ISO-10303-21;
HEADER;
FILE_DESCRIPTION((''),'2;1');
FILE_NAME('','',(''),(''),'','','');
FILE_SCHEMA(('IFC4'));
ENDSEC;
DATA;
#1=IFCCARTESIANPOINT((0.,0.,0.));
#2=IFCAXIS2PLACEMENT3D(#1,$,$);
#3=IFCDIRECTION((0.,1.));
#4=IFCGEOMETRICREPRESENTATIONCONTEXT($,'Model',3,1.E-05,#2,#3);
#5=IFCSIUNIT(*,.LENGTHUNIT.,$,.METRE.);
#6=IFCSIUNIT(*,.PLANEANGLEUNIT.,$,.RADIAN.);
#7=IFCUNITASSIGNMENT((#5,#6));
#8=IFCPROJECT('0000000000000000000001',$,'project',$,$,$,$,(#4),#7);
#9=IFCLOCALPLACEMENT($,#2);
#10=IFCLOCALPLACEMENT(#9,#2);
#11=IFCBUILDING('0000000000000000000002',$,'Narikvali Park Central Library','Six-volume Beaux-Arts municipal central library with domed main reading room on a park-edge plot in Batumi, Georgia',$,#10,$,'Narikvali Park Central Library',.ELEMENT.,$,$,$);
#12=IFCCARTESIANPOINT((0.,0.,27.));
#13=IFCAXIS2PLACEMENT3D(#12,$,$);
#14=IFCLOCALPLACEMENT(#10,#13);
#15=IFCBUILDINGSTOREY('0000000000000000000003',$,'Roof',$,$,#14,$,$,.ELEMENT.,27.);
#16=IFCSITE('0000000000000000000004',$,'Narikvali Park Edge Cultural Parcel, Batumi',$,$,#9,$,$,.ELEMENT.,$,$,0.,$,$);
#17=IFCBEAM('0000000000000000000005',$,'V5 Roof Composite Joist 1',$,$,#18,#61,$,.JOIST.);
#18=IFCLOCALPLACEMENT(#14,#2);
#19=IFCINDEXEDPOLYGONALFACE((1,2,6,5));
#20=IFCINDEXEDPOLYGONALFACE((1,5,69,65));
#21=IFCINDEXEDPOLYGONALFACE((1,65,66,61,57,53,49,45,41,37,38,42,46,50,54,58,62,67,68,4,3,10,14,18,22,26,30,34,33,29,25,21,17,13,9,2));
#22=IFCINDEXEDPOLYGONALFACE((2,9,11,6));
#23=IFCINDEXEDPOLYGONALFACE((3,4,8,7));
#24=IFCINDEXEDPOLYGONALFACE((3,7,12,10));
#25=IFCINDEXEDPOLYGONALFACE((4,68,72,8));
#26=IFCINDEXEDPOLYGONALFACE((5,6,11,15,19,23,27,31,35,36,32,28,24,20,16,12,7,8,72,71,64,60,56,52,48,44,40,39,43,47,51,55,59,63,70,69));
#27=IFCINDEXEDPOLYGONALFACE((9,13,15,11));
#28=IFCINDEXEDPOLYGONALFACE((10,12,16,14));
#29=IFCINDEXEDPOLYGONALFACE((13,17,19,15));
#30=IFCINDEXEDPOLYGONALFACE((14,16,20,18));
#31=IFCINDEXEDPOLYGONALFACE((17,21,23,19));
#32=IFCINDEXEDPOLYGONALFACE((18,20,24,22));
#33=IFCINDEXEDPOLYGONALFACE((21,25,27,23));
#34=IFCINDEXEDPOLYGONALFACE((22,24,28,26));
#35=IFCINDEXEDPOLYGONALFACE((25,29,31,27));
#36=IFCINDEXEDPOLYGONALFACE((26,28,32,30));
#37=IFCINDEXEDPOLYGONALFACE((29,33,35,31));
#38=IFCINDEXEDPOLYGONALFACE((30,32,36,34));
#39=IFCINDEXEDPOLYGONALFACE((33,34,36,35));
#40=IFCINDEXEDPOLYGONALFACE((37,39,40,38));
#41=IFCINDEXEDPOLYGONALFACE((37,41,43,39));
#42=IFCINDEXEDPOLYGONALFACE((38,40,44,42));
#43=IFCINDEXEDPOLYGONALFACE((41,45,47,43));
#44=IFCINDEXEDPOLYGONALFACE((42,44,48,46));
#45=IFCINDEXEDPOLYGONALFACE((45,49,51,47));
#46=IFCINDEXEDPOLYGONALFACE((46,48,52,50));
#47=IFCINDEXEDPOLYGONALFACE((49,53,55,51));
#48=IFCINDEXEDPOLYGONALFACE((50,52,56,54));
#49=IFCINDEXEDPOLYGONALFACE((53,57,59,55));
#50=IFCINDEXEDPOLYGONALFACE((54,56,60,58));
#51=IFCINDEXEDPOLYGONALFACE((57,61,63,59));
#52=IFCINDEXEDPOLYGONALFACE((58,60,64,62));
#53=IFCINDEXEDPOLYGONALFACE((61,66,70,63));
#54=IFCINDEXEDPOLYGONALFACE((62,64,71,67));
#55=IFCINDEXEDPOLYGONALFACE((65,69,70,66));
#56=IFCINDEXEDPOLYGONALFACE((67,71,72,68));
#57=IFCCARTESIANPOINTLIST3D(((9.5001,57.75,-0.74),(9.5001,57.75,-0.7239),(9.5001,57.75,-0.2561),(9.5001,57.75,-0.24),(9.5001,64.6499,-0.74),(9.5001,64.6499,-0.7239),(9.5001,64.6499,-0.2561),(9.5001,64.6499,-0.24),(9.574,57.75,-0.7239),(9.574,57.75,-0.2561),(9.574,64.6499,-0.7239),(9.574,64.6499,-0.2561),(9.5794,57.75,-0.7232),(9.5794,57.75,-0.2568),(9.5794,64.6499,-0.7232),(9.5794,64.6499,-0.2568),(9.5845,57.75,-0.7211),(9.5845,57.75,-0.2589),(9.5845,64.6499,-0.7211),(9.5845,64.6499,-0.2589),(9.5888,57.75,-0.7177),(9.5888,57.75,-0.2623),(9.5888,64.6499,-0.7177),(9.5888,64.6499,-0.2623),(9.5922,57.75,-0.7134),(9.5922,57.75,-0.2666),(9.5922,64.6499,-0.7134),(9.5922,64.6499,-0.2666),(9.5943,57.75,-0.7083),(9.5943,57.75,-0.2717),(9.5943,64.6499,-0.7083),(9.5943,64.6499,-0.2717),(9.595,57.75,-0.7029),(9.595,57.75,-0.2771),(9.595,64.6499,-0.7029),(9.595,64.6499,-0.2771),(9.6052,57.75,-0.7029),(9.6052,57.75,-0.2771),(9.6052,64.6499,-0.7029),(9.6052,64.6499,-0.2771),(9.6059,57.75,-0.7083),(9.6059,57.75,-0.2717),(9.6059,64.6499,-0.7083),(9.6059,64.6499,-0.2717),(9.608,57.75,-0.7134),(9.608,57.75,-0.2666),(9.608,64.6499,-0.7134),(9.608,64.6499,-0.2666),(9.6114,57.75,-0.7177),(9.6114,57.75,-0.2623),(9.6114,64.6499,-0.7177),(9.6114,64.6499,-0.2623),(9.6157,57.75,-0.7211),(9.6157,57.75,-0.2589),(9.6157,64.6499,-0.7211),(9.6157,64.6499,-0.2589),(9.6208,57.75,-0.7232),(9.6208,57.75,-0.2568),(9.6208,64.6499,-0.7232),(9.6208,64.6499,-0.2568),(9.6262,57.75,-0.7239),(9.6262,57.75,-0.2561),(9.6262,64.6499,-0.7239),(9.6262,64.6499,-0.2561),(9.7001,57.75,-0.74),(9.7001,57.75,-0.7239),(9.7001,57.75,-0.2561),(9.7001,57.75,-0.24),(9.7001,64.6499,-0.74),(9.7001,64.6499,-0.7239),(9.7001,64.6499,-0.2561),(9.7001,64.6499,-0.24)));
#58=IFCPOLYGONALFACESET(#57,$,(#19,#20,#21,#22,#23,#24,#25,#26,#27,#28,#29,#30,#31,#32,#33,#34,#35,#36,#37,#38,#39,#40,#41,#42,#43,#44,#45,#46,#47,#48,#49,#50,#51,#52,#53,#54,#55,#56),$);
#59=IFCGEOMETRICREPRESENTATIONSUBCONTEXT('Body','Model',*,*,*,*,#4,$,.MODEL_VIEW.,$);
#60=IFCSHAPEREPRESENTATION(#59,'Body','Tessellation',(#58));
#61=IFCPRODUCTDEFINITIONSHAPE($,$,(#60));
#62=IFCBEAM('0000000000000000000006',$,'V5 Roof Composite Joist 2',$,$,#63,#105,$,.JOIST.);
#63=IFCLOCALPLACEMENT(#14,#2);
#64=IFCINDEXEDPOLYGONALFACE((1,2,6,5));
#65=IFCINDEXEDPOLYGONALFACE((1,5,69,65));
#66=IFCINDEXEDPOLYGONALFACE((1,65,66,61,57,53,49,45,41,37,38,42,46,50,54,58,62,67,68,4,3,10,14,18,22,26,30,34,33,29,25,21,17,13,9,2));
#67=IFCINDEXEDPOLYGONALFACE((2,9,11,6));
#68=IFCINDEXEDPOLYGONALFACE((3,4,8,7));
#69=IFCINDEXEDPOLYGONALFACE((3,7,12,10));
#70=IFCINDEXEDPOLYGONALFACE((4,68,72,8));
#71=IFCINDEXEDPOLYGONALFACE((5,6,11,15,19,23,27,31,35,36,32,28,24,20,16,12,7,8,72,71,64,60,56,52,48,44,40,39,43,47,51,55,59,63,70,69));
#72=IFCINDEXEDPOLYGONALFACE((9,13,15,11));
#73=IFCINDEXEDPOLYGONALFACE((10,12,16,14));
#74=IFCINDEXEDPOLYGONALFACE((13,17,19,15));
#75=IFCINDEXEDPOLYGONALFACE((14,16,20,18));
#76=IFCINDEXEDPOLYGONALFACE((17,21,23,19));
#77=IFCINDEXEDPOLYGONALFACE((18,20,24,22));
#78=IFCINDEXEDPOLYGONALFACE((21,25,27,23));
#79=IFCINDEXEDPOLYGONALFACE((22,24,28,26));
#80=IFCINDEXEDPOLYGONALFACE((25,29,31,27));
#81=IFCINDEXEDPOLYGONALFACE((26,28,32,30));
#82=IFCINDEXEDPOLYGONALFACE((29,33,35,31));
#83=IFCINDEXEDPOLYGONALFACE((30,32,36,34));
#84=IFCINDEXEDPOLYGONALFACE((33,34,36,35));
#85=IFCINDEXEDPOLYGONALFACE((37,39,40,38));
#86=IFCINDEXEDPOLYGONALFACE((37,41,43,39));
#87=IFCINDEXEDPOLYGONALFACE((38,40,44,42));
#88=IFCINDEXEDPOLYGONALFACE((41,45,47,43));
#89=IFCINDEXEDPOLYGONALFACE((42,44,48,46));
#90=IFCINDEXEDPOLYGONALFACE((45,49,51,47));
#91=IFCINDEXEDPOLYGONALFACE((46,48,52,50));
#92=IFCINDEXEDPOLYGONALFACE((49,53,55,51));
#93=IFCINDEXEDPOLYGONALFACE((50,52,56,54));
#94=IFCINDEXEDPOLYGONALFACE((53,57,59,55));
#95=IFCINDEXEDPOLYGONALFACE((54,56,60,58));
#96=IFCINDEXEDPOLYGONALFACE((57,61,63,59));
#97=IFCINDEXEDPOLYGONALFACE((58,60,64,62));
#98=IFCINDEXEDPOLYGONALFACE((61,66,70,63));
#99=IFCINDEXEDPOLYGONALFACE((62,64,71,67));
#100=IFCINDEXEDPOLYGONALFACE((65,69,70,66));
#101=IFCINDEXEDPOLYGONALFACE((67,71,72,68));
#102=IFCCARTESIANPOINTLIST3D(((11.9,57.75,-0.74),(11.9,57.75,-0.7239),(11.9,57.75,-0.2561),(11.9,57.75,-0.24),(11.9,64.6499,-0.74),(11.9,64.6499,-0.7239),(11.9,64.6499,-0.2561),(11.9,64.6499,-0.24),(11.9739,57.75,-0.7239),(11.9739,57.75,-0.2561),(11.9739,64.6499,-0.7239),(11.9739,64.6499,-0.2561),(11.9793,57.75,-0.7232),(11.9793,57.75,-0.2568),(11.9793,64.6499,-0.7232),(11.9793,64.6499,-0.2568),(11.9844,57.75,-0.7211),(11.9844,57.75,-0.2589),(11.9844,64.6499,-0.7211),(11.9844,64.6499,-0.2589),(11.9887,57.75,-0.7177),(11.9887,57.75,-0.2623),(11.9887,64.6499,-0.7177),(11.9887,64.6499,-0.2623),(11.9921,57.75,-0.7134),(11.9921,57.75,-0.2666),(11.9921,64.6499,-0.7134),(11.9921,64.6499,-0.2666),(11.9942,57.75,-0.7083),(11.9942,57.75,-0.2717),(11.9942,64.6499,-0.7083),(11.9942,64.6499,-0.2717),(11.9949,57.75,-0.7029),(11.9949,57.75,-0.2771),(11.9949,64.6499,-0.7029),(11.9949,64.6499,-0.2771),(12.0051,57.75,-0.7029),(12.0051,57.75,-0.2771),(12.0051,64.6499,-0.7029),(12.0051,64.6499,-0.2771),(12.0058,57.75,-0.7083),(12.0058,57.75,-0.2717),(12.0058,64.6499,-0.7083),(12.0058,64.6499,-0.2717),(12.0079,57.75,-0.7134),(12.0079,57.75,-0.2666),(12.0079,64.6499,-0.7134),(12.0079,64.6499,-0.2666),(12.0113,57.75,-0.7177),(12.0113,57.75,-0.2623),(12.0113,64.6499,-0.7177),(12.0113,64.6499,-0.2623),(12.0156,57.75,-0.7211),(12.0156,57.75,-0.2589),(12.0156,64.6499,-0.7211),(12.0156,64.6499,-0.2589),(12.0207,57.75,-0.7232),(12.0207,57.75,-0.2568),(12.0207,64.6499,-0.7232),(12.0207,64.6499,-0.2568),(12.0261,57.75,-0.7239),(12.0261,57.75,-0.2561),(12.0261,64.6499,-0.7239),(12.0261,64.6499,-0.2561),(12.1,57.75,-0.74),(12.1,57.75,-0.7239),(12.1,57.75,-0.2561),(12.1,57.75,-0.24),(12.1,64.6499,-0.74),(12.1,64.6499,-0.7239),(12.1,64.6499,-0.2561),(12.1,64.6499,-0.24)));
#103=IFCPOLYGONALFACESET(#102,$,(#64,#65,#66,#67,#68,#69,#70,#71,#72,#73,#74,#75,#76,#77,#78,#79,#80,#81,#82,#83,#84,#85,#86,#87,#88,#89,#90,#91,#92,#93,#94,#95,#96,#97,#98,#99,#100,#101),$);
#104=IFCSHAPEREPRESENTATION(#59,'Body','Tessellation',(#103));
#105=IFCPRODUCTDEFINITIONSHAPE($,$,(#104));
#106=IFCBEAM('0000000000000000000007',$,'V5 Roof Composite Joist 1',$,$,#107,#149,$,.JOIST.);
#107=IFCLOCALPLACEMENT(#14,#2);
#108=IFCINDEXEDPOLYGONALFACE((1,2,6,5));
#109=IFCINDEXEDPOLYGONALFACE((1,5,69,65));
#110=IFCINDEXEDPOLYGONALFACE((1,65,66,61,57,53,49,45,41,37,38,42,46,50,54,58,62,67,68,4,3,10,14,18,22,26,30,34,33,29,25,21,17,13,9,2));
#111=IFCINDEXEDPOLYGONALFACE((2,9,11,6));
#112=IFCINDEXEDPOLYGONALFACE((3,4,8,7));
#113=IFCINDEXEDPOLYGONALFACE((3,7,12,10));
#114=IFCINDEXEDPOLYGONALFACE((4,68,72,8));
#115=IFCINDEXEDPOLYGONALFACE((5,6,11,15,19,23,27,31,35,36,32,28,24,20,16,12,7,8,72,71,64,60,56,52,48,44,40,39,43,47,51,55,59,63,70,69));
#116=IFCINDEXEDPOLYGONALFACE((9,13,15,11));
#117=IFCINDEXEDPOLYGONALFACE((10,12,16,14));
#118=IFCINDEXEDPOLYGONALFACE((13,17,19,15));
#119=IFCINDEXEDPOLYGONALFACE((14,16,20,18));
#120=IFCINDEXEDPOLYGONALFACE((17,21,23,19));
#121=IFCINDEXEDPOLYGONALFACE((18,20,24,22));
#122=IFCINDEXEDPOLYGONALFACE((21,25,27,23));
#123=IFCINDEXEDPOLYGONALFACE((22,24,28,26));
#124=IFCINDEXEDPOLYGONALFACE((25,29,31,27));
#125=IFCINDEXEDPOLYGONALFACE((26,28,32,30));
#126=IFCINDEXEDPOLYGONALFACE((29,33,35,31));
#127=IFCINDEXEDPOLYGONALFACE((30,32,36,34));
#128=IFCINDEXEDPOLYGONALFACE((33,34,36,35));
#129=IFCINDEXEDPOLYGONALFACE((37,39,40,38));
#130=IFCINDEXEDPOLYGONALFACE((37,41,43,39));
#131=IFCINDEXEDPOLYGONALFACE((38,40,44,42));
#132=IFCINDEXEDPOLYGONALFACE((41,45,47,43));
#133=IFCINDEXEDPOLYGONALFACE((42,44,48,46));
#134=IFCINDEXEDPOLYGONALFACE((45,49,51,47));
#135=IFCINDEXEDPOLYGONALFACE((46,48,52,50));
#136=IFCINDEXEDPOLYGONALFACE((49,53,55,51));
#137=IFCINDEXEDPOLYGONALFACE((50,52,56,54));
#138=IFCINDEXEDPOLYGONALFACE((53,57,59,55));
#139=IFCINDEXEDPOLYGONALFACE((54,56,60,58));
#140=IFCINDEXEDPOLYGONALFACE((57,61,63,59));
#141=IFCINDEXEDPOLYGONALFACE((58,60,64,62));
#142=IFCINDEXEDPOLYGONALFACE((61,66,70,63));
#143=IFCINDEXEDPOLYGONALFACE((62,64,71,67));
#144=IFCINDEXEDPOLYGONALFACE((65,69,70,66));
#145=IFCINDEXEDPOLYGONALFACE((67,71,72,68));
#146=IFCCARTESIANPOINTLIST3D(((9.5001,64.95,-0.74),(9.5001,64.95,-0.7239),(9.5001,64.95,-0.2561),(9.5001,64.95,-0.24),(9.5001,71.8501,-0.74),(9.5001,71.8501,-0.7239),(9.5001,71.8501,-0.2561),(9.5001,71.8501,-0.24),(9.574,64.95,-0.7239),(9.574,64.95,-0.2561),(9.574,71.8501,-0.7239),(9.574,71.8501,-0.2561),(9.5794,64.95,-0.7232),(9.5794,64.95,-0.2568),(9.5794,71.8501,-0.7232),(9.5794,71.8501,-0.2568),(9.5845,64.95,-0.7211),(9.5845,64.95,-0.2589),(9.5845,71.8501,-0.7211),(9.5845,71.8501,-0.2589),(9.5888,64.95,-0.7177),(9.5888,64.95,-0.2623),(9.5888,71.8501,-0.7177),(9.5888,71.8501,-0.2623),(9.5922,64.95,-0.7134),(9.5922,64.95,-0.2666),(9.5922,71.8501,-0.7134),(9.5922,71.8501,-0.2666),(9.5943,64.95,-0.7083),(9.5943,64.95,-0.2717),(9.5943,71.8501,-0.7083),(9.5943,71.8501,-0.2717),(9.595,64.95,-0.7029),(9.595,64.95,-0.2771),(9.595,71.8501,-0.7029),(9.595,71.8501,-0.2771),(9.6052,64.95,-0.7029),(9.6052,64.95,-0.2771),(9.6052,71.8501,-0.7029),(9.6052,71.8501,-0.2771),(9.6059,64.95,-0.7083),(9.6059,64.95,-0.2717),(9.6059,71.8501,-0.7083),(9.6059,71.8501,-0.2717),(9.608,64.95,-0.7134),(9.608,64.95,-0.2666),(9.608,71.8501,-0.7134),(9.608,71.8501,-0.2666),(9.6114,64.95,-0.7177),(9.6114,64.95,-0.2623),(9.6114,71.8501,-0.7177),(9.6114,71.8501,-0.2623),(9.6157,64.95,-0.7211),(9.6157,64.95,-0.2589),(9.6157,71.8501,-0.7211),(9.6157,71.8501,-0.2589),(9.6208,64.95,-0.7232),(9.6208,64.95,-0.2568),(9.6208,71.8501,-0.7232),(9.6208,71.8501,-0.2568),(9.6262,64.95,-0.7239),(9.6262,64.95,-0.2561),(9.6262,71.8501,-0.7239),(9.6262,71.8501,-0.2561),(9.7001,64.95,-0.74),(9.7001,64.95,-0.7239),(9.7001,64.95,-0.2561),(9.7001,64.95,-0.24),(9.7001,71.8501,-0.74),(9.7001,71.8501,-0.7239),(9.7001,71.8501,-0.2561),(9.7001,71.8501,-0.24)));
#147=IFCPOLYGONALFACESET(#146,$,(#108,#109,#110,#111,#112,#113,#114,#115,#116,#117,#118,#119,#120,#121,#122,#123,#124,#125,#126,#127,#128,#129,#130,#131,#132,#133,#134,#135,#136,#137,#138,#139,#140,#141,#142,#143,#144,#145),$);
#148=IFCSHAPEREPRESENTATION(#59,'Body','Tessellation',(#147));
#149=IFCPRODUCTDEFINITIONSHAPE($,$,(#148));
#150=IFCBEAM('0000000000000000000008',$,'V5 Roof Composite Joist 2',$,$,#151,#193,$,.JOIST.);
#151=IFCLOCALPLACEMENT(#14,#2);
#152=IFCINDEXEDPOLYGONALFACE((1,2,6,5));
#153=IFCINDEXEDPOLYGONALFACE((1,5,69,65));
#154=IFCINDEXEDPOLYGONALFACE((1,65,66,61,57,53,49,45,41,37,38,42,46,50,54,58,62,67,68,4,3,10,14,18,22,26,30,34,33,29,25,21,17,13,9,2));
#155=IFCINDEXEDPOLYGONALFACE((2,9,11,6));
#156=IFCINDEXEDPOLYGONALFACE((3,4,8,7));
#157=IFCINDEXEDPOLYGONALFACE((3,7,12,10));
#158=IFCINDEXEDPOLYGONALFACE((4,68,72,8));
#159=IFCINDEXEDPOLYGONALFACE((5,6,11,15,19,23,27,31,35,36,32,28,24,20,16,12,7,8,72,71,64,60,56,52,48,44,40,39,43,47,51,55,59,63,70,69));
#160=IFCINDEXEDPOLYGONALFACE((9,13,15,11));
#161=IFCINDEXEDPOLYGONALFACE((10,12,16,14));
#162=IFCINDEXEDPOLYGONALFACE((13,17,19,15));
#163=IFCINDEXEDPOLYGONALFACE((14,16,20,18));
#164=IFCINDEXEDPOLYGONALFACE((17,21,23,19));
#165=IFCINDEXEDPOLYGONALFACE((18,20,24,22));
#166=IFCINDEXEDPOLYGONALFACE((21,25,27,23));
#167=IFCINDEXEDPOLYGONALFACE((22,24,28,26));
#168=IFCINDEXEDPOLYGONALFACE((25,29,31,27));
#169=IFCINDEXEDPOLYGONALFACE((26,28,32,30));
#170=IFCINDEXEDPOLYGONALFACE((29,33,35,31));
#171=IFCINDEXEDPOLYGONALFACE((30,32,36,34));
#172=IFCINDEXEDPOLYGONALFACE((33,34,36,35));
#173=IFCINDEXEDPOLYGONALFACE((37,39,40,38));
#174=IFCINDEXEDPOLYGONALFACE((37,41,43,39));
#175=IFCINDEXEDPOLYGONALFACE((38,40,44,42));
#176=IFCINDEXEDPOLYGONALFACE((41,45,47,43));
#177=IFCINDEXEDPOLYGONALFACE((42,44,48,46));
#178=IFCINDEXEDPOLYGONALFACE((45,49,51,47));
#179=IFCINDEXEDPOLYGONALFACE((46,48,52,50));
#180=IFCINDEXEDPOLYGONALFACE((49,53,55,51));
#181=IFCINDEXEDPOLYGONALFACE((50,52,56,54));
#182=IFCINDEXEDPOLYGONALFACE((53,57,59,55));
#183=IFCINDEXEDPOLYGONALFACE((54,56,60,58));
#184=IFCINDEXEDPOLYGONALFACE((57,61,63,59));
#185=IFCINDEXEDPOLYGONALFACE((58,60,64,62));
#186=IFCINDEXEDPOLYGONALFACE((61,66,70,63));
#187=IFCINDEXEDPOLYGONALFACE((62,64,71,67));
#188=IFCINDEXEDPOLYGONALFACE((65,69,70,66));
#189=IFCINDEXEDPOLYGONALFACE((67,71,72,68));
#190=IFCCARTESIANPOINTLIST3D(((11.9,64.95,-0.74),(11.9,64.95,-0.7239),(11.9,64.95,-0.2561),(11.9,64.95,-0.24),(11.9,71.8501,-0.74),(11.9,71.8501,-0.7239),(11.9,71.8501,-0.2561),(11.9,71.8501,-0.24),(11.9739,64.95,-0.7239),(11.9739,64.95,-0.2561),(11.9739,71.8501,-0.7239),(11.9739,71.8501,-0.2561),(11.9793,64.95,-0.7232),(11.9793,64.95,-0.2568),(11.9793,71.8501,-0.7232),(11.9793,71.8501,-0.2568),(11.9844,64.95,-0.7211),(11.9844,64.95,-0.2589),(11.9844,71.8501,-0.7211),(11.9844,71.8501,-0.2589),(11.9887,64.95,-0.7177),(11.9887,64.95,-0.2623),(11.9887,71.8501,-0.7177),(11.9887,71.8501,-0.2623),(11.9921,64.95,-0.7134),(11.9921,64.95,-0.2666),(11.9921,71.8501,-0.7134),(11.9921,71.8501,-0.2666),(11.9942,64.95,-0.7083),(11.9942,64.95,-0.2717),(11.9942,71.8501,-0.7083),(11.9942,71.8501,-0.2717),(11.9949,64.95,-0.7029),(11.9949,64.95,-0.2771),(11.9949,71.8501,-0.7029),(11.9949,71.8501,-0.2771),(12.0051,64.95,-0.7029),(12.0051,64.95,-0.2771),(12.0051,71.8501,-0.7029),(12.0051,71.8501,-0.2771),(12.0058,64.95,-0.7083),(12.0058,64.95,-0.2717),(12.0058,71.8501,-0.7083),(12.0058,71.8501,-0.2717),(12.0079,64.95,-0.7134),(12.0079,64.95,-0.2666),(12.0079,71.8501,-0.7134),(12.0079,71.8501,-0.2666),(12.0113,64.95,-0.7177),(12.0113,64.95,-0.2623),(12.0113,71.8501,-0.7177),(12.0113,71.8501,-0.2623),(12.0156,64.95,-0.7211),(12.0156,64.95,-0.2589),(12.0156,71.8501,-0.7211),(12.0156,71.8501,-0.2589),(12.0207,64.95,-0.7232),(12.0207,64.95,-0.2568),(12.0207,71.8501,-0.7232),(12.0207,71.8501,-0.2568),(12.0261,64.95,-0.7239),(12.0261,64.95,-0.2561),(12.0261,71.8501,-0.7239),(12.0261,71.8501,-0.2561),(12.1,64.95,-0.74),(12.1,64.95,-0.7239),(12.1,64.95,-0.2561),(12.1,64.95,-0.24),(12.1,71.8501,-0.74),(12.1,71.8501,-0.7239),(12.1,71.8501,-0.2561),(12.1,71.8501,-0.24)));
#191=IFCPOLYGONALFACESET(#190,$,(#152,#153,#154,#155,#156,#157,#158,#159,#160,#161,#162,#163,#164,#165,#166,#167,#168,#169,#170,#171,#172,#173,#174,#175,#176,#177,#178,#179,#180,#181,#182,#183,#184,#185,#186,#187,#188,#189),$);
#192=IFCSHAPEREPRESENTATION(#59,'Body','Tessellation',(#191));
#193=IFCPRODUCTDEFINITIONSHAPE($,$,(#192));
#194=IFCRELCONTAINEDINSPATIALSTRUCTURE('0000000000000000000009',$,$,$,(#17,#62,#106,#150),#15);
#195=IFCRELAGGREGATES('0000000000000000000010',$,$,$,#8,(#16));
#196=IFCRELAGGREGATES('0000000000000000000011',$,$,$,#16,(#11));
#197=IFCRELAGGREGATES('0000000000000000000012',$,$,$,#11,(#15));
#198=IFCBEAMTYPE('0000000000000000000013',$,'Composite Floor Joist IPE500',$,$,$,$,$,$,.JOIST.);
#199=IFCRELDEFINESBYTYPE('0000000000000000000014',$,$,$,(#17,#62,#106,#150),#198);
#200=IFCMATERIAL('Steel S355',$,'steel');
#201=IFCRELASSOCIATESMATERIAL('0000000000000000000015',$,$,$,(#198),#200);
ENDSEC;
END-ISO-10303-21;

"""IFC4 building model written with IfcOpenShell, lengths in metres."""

from ifc_helpers import new_model, si_unit, direction, frame, origin, origin_2d, place, context, subcontext, project, spatial, i_section, extrude, material, material_profile, profile_set, type_object, element, save


model = new_model("IFC4")

# Units and contexts
model_context = context("Model", 3, precision=1e-05, world=origin(), true_north=direction((0.0, 1.0)))
body_context = subcontext(model_context, "Body", "Model", "MODEL_VIEW")
ifc_project = project(units=[si_unit("LENGTHUNIT", "METRE"), si_unit("PLANEANGLEUNIT", "RADIAN")], contexts=[model_context])

# Site, building, storey
site_placement = place(None, origin())
site = spatial("IfcSite", under=ifc_project, at=site_placement, Name="Narikvali Park Edge Cultural Parcel, Batumi", CompositionType="ELEMENT", RefElevation=0.0)
building_placement = place(site_placement, origin())
building = spatial("IfcBuilding", under=site, at=building_placement, Name="Narikvali Park Central Library", Description="Six-volume Beaux-Arts municipal central library with domed main reading room on a park-edge plot in Batumi, Georgia", LongName="Narikvali Park Central Library", CompositionType="ELEMENT")
storey_placement = place(building_placement, frame((0.0, 0.0, 27.0)))
storey = spatial("IfcBuildingStorey", under=building, at=storey_placement, Name="Roof", CompositionType="ELEMENT", Elevation=27.0)

# Beams
ifc_material = material(Name="Steel S355", Category="steel")
ifc_material_profile_1 = material_profile(ifc_material, i_section(OverallWidth=0.2, OverallDepth=0.5, WebThickness=0.0103, FlangeThickness=0.0161, FilletRadius=0.021, at=origin_2d()), Name="IPE 500")
ifc_profile_set_1 = profile_set([ifc_material_profile_1], Name="Steel S355")
beam_type_1 = type_object("IfcBeamType", Name="Composite Floor Joist IPE500", PredefinedType="JOIST", material=ifc_profile_set_1)
for number, where, z_axis, x_axis, name in (
    (1, (9.6001, 57.75, -0.49), (0.0, 1.0, 0.0), (-1.0, 0.0, 0.0), "V5 Roof Composite Joist 1"),
    (2, (12.0, 57.75, -0.49), (0.0, 1.0, 0.0), (-1.0, 0.0, 0.0), "V5 Roof Composite Joist 2"),
):
    element("IfcBeam", number, at=place(storey_placement, frame(where, z_axis=z_axis, x_axis=x_axis)), inside=storey, type_object=beam_type_1, Name=name, PredefinedType="JOIST", context=body_context, shape_type="SweptSolid", body=[
        extrude(i_section(OverallWidth=0.2, OverallDepth=0.5, WebThickness=0.0103, FlangeThickness=0.0161, FilletRadius=0.021, at=origin_2d()), origin(), (0.0, 0.0, 1.0), 6.8999),
    ])
for number, where, z_axis, x_axis, name in (
    (3, (9.6001, 64.95, -0.49), (0.0, 1.0, 0.0), (-1.0, 0.0, 0.0), "V5 Roof Composite Joist 1"),
    (4, (12.0, 64.95, -0.49), (0.0, 1.0, 0.0), (-1.0, 0.0, 0.0), "V5 Roof Composite Joist 2"),
):
    element("IfcBeam", number, at=place(storey_placement, frame(where, z_axis=z_axis, x_axis=x_axis)), inside=storey, type_object=beam_type_1, Name=name, PredefinedType="JOIST", context=body_context, shape_type="SweptSolid", body=[
        extrude(i_section(OverallWidth=0.2, OverallDepth=0.5, WebThickness=0.0103, FlangeThickness=0.0161, FilletRadius=0.021, at=origin_2d()), origin(), (0.0, 0.0, 1.0), 6.9001),
    ])

save(model, "model.ifc")
